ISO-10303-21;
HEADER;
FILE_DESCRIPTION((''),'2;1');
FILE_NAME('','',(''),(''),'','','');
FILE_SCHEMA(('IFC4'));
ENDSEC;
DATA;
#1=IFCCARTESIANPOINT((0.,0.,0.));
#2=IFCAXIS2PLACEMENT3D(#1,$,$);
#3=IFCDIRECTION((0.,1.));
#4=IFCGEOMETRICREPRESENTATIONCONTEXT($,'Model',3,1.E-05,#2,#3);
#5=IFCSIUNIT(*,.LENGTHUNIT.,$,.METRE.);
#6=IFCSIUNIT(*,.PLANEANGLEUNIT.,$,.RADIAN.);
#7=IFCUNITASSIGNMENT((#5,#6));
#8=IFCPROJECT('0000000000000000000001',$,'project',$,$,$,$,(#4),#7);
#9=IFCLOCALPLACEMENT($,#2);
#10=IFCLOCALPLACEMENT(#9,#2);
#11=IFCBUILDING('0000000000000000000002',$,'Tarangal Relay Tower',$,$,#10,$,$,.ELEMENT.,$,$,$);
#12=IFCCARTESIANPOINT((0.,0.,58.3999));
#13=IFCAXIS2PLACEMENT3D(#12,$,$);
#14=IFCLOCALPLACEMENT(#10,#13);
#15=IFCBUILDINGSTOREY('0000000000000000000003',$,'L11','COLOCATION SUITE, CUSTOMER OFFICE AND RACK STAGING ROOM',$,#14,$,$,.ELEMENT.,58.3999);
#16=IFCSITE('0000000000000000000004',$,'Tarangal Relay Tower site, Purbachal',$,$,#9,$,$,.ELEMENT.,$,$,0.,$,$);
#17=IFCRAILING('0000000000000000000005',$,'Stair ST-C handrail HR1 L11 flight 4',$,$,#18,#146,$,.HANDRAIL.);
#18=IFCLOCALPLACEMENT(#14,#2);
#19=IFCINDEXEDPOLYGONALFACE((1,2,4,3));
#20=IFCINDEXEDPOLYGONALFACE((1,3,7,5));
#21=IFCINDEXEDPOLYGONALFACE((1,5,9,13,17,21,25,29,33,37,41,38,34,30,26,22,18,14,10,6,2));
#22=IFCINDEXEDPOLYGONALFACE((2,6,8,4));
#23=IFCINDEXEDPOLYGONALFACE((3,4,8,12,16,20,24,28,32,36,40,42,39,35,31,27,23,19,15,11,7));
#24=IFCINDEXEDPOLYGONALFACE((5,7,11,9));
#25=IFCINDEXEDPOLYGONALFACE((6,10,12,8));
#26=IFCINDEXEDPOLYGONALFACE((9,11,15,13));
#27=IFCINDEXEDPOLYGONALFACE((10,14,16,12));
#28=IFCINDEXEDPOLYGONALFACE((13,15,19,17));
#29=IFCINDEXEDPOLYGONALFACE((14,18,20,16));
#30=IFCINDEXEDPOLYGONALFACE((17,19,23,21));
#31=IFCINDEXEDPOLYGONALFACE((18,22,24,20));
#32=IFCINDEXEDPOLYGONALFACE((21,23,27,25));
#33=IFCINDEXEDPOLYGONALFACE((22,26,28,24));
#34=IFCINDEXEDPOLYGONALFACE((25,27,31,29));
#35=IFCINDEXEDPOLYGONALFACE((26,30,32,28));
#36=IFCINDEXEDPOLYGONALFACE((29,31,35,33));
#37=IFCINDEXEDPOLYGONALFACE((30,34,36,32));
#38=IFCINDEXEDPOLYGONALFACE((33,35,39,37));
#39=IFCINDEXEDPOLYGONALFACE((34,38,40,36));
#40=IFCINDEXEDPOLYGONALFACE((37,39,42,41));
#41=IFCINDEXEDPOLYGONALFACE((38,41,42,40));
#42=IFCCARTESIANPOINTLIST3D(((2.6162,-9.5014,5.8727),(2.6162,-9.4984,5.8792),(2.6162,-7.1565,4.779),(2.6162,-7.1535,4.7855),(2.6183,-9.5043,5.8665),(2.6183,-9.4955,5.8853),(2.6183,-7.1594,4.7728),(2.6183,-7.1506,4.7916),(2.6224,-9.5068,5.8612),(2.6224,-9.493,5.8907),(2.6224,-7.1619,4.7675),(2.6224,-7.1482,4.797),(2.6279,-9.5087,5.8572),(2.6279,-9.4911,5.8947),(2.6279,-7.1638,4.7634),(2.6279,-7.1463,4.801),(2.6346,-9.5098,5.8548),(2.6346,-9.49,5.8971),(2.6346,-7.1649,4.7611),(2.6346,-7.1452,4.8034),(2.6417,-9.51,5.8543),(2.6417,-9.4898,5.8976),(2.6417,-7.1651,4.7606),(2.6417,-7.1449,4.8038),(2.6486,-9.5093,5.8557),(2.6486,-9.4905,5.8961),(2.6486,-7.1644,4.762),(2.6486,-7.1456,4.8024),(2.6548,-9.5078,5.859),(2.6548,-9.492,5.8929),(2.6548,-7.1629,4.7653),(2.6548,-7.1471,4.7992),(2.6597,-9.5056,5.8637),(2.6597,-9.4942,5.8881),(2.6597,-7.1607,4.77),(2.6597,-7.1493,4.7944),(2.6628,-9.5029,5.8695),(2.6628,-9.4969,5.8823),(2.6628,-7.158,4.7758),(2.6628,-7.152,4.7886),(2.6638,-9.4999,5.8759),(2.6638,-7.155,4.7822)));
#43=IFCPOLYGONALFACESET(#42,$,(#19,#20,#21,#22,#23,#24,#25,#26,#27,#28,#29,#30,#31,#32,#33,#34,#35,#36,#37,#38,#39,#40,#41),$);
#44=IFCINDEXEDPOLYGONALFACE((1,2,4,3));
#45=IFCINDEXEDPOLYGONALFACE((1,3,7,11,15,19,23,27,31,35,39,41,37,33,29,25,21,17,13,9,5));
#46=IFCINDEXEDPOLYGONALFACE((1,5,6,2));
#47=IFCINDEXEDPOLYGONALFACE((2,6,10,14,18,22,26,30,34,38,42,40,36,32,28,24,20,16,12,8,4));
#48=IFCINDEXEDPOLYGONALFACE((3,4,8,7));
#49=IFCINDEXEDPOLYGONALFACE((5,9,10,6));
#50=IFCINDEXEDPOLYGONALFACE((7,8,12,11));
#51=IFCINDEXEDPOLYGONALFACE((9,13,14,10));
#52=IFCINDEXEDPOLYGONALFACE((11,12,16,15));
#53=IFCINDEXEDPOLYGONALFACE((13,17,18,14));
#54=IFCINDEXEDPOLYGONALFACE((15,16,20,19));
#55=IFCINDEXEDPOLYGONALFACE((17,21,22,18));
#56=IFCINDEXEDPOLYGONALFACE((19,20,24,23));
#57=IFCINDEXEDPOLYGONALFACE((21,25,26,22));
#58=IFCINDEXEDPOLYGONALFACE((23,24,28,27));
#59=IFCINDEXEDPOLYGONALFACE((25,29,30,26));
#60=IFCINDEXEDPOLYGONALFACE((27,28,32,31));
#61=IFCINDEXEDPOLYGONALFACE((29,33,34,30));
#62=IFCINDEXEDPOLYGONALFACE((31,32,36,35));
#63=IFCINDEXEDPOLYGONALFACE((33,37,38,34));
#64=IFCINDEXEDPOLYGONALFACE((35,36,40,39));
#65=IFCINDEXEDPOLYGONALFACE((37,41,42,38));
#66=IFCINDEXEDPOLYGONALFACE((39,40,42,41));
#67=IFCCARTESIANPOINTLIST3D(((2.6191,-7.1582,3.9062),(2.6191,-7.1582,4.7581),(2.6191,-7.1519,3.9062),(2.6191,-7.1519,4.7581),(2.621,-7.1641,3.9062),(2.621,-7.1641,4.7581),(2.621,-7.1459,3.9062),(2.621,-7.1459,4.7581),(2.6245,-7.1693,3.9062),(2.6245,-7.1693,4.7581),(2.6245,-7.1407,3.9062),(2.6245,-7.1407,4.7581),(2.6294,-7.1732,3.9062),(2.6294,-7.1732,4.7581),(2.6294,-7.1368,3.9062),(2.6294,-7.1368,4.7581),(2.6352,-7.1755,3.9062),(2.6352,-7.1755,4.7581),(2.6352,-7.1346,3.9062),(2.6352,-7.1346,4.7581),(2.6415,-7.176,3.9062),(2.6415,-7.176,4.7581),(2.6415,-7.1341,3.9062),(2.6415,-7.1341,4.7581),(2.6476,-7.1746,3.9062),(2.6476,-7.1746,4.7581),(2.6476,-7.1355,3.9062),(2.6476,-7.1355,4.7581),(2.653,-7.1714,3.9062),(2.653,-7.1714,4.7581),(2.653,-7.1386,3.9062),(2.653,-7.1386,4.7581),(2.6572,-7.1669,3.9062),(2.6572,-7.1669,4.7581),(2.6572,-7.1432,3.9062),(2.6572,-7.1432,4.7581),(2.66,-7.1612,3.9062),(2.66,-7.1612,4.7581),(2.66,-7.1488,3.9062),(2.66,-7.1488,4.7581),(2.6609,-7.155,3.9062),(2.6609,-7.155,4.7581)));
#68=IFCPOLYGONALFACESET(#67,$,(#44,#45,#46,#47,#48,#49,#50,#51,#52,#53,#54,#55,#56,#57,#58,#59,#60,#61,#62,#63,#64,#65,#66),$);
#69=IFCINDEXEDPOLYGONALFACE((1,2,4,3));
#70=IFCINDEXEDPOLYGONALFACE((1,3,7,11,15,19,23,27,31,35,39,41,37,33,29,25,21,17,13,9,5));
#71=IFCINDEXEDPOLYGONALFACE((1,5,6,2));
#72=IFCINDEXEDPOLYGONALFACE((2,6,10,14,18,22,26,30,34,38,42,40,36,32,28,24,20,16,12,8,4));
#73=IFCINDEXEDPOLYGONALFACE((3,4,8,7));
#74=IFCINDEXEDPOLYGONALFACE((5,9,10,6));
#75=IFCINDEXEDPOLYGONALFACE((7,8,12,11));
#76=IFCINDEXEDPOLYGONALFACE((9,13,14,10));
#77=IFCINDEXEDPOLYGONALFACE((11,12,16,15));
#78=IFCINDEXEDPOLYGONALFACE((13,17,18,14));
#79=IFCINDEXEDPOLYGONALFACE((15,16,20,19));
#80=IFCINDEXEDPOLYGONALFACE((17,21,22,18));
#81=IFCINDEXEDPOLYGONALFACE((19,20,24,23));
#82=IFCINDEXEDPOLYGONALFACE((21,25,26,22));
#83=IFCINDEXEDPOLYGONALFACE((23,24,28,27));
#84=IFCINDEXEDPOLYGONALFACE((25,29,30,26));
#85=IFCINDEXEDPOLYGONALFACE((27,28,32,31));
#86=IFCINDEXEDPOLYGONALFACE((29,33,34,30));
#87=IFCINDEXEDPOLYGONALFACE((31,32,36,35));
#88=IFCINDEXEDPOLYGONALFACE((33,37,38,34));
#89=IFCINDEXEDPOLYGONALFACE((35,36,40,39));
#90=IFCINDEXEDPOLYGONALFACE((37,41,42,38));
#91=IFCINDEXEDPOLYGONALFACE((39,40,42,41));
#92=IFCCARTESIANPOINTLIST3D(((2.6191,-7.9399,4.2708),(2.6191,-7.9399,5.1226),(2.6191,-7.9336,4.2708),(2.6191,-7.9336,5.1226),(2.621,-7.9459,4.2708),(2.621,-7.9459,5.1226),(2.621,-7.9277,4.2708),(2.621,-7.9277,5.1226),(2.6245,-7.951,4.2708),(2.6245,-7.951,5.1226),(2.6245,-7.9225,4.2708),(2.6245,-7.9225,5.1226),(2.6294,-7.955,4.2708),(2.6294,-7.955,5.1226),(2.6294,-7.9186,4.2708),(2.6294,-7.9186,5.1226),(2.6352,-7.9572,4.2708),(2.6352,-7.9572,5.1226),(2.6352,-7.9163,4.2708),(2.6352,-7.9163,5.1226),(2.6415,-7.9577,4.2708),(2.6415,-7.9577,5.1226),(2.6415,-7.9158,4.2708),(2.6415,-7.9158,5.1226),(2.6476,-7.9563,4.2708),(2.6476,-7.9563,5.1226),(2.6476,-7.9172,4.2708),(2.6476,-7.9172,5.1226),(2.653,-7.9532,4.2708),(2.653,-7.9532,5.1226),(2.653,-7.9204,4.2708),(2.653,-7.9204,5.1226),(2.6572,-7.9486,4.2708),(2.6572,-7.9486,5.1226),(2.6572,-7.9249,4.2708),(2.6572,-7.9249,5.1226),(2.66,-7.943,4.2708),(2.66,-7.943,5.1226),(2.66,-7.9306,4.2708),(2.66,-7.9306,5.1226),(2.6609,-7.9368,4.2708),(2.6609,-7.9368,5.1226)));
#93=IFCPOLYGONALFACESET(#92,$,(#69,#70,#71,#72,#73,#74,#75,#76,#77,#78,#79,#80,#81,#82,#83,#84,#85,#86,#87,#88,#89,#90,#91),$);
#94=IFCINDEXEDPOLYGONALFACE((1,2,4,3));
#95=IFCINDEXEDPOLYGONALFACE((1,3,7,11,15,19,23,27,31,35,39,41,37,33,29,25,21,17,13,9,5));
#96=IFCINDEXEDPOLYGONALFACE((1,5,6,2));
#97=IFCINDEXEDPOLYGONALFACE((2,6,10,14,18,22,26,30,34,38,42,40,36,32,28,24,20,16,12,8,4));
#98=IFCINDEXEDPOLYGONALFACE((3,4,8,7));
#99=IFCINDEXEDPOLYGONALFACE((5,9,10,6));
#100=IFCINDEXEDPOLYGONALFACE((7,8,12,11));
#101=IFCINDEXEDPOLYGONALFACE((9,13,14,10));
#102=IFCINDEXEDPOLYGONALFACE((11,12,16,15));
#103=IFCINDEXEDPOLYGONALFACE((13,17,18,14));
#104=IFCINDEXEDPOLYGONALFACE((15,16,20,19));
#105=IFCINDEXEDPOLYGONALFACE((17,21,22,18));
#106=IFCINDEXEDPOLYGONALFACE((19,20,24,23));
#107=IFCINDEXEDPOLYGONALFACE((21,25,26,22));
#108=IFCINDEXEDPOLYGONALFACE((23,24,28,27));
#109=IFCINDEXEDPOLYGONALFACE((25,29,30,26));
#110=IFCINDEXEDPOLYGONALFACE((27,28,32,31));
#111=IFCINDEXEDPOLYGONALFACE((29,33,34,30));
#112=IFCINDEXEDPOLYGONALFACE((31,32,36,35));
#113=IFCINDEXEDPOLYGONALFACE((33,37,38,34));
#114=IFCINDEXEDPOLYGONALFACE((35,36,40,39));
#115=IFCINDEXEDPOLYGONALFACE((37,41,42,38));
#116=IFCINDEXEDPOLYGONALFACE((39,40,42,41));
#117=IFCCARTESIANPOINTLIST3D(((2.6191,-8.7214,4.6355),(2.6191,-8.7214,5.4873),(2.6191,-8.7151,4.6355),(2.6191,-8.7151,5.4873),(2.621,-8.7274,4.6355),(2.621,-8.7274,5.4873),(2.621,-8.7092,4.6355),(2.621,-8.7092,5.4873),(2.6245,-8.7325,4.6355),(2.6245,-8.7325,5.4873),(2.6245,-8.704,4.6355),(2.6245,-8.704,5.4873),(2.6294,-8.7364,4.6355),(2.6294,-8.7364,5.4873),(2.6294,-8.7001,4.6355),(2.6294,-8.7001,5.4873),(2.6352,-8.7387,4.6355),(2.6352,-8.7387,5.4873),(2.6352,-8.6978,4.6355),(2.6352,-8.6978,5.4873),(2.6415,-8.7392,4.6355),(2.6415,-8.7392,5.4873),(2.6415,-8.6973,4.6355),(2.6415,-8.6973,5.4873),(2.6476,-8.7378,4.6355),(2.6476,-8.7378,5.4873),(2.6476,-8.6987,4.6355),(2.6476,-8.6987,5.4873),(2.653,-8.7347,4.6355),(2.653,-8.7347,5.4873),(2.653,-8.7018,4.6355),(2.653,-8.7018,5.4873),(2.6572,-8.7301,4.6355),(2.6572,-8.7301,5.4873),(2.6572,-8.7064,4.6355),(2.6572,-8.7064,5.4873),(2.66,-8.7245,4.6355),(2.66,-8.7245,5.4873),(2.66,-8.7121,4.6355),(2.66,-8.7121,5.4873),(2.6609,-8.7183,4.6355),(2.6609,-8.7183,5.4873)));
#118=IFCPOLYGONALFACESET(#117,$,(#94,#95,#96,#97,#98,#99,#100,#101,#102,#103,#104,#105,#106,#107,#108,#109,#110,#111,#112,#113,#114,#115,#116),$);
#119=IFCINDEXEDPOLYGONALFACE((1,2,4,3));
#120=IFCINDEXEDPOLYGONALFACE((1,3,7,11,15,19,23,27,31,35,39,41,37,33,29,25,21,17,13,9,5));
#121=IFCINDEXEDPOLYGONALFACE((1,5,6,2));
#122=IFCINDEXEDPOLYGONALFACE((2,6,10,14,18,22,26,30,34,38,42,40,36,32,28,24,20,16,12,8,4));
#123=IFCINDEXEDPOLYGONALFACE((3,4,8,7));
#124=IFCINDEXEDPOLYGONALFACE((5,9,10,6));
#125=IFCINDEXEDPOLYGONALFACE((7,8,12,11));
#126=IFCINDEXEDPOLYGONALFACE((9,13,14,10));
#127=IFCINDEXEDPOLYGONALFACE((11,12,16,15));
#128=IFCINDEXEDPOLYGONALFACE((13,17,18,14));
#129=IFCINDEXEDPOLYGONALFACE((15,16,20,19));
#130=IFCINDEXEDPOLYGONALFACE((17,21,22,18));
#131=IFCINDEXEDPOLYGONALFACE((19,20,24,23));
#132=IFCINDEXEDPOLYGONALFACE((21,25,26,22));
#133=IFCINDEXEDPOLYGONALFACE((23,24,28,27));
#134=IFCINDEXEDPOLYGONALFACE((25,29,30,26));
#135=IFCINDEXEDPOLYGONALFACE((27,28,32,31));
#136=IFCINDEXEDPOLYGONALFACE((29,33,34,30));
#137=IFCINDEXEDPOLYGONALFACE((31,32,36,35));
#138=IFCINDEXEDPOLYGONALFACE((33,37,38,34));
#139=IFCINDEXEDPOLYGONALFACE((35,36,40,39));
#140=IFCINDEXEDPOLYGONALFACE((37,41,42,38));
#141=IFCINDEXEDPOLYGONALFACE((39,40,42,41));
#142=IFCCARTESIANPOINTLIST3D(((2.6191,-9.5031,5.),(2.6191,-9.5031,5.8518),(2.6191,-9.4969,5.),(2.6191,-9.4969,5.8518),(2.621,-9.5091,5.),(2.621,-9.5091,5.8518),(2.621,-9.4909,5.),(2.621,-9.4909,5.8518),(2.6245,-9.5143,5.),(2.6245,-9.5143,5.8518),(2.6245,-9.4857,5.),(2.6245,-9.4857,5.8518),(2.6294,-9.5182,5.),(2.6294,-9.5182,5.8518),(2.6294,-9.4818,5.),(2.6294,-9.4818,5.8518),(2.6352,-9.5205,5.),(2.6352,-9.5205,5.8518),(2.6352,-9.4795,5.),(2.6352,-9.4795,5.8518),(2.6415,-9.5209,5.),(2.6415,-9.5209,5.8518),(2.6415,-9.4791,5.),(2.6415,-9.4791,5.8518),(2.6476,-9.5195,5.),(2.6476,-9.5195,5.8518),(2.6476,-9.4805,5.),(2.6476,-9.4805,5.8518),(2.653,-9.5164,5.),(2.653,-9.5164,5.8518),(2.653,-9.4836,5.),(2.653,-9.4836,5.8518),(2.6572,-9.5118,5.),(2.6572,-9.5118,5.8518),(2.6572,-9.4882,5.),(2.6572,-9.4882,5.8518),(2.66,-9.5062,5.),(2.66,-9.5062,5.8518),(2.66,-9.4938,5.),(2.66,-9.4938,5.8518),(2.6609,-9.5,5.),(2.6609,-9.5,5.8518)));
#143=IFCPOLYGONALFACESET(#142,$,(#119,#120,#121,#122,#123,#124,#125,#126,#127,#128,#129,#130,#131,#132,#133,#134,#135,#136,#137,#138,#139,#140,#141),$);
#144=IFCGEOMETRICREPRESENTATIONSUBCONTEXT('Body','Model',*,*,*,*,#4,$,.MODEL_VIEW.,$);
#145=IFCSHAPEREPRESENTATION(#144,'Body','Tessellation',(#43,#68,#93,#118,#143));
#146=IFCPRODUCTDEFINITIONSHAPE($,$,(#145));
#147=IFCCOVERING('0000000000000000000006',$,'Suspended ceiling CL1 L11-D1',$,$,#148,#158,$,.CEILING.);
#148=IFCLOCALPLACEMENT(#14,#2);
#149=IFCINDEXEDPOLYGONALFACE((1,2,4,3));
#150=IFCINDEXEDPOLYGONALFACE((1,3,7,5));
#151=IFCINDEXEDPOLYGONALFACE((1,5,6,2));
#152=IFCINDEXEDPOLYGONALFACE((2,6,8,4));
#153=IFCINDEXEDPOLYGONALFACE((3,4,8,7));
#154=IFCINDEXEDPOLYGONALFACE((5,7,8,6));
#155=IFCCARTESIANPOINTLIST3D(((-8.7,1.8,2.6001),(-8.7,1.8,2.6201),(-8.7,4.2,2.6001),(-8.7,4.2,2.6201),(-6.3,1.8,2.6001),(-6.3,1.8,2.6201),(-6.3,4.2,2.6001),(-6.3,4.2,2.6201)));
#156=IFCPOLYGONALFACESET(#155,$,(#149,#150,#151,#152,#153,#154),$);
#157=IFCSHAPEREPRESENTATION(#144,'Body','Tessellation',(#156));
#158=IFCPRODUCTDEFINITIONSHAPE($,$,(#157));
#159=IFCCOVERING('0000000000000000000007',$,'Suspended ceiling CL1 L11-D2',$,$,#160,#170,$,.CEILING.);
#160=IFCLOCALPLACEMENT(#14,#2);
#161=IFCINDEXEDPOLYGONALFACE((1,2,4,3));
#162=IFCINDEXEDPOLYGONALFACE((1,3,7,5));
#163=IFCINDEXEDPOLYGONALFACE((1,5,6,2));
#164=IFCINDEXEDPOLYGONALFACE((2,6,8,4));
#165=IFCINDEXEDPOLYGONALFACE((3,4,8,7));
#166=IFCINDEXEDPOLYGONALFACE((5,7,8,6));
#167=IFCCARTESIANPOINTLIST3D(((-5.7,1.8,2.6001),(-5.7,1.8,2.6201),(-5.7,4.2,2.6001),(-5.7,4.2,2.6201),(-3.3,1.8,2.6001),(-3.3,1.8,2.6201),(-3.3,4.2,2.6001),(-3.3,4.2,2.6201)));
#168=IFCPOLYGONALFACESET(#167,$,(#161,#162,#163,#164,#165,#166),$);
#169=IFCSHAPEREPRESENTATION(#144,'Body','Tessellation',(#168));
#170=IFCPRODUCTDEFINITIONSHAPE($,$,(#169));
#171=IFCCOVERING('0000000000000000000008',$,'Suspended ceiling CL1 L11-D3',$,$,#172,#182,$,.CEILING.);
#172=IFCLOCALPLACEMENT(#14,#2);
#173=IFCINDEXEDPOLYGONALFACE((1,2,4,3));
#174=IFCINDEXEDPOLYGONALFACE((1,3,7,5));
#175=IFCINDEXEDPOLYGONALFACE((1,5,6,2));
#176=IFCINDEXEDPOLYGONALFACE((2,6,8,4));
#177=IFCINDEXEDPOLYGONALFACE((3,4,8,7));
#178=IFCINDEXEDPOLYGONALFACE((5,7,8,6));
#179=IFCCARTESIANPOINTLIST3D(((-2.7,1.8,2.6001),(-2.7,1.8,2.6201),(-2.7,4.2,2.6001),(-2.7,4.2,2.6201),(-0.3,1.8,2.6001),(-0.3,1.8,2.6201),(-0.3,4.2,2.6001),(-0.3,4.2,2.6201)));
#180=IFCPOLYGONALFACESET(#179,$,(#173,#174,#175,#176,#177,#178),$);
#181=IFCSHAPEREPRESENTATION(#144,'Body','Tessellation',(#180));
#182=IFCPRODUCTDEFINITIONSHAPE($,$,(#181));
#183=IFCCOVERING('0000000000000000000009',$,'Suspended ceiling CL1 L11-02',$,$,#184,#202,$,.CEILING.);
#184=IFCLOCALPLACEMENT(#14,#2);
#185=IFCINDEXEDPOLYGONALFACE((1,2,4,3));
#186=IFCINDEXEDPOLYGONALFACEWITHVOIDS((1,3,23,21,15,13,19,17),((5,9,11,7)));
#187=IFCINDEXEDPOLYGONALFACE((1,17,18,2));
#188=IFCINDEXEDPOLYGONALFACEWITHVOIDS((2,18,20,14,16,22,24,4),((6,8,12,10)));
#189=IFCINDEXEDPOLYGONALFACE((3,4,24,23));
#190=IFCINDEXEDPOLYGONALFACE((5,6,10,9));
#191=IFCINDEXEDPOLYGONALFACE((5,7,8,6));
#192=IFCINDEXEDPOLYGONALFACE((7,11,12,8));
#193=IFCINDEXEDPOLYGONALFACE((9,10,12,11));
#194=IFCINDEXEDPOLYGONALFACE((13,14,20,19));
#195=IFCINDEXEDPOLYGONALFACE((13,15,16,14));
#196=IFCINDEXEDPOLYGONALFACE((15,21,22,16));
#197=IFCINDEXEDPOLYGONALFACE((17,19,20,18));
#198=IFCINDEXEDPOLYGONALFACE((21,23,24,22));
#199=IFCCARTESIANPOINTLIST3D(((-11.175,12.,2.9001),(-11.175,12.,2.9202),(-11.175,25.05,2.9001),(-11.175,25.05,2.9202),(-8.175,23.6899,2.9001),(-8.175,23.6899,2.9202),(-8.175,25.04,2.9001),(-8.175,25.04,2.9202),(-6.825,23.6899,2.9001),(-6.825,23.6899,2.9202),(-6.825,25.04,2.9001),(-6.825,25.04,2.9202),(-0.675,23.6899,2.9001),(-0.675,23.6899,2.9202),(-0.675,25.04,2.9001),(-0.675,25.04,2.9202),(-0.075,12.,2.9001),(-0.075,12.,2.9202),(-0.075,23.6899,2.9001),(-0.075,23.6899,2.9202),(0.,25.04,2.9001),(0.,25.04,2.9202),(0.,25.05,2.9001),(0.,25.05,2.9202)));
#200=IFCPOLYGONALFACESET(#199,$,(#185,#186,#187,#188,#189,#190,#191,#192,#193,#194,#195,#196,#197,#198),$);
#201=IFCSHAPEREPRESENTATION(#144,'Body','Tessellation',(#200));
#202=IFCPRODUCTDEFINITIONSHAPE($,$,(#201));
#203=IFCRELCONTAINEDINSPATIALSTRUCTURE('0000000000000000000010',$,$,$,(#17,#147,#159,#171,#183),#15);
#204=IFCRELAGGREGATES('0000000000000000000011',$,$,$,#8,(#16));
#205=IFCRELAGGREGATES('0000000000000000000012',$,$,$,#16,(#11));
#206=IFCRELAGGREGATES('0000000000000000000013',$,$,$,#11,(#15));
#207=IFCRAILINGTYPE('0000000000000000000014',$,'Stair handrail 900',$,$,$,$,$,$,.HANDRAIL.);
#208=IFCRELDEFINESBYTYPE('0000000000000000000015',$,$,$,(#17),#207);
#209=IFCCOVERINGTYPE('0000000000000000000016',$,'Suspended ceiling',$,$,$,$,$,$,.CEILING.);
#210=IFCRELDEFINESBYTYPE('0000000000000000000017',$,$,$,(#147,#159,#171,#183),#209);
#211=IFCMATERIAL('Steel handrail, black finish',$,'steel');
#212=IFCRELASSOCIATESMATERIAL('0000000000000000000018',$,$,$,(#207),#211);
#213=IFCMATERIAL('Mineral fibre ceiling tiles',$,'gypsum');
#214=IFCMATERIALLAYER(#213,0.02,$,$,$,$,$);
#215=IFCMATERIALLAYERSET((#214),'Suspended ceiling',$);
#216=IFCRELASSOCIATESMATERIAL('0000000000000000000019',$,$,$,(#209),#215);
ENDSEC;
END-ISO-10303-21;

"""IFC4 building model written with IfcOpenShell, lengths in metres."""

from ifc_helpers import new_model, si_unit, direction, frame, origin, origin_2d, place, context, subcontext, project, spatial, polyline, circle, outline, extrude, material, layer, layer_set, type_object, element, save


model = new_model("IFC4")

# Units and contexts
model_context = context("Model", 3, precision=1e-05, world=origin(), true_north=direction((0.0, 1.0)))
body_context = subcontext(model_context, "Body", "Model", "MODEL_VIEW")
ifc_project = project(units=[si_unit("LENGTHUNIT", "METRE"), si_unit("PLANEANGLEUNIT", "RADIAN")], contexts=[model_context])

# Site, building, storey
site_placement = place(None, origin())
site = spatial("IfcSite", under=ifc_project, at=site_placement, Name="Tarangal Relay Tower site, Purbachal", CompositionType="ELEMENT", RefElevation=0.0)
building_placement = place(site_placement, origin())
building = spatial("IfcBuilding", under=site, at=building_placement, Name="Tarangal Relay Tower", CompositionType="ELEMENT")
storey_placement = place(building_placement, frame((0.0, 0.0, 58.3999)))
storey = spatial("IfcBuildingStorey", under=building, at=storey_placement, Name="L11", Description="COLOCATION SUITE, CUSTOMER OFFICE AND RACK STAGING ROOM", CompositionType="ELEMENT", Elevation=58.3999)

# Railing
ifc_material_1 = material(Name="Steel handrail, black finish", Category="steel")
railing_type_1 = type_object("IfcRailingType", Name="Stair handrail 900", PredefinedType="HANDRAIL", material=ifc_material_1)
for number, where, name in (
    (1, (2.6399, -7.155, 3.9062), "Stair ST-C handrail HR1 L11 flight 4"),
):
    element("IfcRailing", number, at=place(storey_placement, frame(where)), inside=storey, type_object=railing_type_1, Name=name, PredefinedType="HANDRAIL", context=body_context, shape_type="SweptSolid", body=[
        extrude(circle(Radius=0.0239, at=origin_2d()), frame((0.0, 0.0, 0.876), z_axis=(0.0, -0.906267, 0.422705), x_axis=(1.0, 0.0, 0.0)), (0.0, 0.0, 1.0), 2.5874),
        extrude(circle(Radius=0.021, at=origin_2d()), origin(), (0.0, 0.0, 1.0), 0.8518),
        extrude(circle(Radius=0.021, at=origin_2d()), frame((0.0, -0.7817, 0.3645)), (0.0, 0.0, 1.0), 0.8518),
        extrude(circle(Radius=0.021, at=origin_2d()), frame((0.0, -1.5632, 0.7292)), (0.0, 0.0, 1.0), 0.8518),
        extrude(circle(Radius=0.021, at=origin_2d()), frame((0.0, -2.345, 1.0938)), (0.0, 0.0, 1.0), 0.8518),
    ])

# Coverings
ifc_material_2 = material(Name="Mineral fibre ceiling tiles", Category="gypsum")
ifc_layer_1 = layer(ifc_material_2, 0.02)
ifc_layer_set_1 = layer_set([ifc_layer_1], Name="Suspended ceiling")
covering_type_1 = type_object("IfcCoveringType", Name="Suspended ceiling", PredefinedType="CEILING", material=ifc_layer_set_1)
covering_1_placement = place(storey_placement, frame((0.0, 0.0, 2.6001)))
element("IfcCovering", 2, at=covering_1_placement, inside=storey, type_object=covering_type_1, Name="Suspended ceiling CL1 L11-D1", PredefinedType="CEILING", context=body_context, shape_type="SweptSolid", body=[
    extrude(outline(polyline([(-8.7, 1.8), (-6.3, 1.8), (-6.3, 4.2), (-8.7, 4.2), (-8.7, 1.8)])), origin(), (0.0, 0.0, 1.0), 0.02),
])
covering_2_placement = place(storey_placement, frame((0.0, 0.0, 2.6001)))
element("IfcCovering", 3, at=covering_2_placement, inside=storey, type_object=covering_type_1, Name="Suspended ceiling CL1 L11-D2", PredefinedType="CEILING", context=body_context, shape_type="SweptSolid", body=[
    extrude(outline(polyline([(-5.7, 1.8), (-3.3, 1.8), (-3.3, 4.2), (-5.7, 4.2), (-5.7, 1.8)])), origin(), (0.0, 0.0, 1.0), 0.02),
])
covering_3_placement = place(storey_placement, frame((0.0, 0.0, 2.6001)))
element("IfcCovering", 4, at=covering_3_placement, inside=storey, type_object=covering_type_1, Name="Suspended ceiling CL1 L11-D3", PredefinedType="CEILING", context=body_context, shape_type="SweptSolid", body=[
    extrude(outline(polyline([(-2.7, 1.8), (-0.3, 1.8), (-0.3, 4.2), (-2.7, 4.2), (-2.7, 1.8)])), origin(), (0.0, 0.0, 1.0), 0.02),
])
covering_4_placement = place(storey_placement, frame((0.0, 0.0, 2.9001)))
element("IfcCovering", 5, at=covering_4_placement, inside=storey, type_object=covering_type_1, Name="Suspended ceiling CL1 L11-02", PredefinedType="CEILING", context=body_context, shape_type="SweptSolid", body=[
    extrude(outline(polyline([(-0.075, 23.6899), (-0.675, 23.6899), (-0.675, 25.04), (0.0, 25.04), (0.0, 25.05), (-11.175, 25.05), (-11.175, 12.0), (-0.075, 12.0), (-0.075, 23.6899)]), holes=[polyline([(-6.825, 23.6899), (-6.825, 25.04), (-8.175, 25.04), (-8.175, 23.6899), (-6.825, 23.6899)])]), origin(), (0.0, 0.0, 1.0), 0.02),
])

save(model, "model.ifc")
